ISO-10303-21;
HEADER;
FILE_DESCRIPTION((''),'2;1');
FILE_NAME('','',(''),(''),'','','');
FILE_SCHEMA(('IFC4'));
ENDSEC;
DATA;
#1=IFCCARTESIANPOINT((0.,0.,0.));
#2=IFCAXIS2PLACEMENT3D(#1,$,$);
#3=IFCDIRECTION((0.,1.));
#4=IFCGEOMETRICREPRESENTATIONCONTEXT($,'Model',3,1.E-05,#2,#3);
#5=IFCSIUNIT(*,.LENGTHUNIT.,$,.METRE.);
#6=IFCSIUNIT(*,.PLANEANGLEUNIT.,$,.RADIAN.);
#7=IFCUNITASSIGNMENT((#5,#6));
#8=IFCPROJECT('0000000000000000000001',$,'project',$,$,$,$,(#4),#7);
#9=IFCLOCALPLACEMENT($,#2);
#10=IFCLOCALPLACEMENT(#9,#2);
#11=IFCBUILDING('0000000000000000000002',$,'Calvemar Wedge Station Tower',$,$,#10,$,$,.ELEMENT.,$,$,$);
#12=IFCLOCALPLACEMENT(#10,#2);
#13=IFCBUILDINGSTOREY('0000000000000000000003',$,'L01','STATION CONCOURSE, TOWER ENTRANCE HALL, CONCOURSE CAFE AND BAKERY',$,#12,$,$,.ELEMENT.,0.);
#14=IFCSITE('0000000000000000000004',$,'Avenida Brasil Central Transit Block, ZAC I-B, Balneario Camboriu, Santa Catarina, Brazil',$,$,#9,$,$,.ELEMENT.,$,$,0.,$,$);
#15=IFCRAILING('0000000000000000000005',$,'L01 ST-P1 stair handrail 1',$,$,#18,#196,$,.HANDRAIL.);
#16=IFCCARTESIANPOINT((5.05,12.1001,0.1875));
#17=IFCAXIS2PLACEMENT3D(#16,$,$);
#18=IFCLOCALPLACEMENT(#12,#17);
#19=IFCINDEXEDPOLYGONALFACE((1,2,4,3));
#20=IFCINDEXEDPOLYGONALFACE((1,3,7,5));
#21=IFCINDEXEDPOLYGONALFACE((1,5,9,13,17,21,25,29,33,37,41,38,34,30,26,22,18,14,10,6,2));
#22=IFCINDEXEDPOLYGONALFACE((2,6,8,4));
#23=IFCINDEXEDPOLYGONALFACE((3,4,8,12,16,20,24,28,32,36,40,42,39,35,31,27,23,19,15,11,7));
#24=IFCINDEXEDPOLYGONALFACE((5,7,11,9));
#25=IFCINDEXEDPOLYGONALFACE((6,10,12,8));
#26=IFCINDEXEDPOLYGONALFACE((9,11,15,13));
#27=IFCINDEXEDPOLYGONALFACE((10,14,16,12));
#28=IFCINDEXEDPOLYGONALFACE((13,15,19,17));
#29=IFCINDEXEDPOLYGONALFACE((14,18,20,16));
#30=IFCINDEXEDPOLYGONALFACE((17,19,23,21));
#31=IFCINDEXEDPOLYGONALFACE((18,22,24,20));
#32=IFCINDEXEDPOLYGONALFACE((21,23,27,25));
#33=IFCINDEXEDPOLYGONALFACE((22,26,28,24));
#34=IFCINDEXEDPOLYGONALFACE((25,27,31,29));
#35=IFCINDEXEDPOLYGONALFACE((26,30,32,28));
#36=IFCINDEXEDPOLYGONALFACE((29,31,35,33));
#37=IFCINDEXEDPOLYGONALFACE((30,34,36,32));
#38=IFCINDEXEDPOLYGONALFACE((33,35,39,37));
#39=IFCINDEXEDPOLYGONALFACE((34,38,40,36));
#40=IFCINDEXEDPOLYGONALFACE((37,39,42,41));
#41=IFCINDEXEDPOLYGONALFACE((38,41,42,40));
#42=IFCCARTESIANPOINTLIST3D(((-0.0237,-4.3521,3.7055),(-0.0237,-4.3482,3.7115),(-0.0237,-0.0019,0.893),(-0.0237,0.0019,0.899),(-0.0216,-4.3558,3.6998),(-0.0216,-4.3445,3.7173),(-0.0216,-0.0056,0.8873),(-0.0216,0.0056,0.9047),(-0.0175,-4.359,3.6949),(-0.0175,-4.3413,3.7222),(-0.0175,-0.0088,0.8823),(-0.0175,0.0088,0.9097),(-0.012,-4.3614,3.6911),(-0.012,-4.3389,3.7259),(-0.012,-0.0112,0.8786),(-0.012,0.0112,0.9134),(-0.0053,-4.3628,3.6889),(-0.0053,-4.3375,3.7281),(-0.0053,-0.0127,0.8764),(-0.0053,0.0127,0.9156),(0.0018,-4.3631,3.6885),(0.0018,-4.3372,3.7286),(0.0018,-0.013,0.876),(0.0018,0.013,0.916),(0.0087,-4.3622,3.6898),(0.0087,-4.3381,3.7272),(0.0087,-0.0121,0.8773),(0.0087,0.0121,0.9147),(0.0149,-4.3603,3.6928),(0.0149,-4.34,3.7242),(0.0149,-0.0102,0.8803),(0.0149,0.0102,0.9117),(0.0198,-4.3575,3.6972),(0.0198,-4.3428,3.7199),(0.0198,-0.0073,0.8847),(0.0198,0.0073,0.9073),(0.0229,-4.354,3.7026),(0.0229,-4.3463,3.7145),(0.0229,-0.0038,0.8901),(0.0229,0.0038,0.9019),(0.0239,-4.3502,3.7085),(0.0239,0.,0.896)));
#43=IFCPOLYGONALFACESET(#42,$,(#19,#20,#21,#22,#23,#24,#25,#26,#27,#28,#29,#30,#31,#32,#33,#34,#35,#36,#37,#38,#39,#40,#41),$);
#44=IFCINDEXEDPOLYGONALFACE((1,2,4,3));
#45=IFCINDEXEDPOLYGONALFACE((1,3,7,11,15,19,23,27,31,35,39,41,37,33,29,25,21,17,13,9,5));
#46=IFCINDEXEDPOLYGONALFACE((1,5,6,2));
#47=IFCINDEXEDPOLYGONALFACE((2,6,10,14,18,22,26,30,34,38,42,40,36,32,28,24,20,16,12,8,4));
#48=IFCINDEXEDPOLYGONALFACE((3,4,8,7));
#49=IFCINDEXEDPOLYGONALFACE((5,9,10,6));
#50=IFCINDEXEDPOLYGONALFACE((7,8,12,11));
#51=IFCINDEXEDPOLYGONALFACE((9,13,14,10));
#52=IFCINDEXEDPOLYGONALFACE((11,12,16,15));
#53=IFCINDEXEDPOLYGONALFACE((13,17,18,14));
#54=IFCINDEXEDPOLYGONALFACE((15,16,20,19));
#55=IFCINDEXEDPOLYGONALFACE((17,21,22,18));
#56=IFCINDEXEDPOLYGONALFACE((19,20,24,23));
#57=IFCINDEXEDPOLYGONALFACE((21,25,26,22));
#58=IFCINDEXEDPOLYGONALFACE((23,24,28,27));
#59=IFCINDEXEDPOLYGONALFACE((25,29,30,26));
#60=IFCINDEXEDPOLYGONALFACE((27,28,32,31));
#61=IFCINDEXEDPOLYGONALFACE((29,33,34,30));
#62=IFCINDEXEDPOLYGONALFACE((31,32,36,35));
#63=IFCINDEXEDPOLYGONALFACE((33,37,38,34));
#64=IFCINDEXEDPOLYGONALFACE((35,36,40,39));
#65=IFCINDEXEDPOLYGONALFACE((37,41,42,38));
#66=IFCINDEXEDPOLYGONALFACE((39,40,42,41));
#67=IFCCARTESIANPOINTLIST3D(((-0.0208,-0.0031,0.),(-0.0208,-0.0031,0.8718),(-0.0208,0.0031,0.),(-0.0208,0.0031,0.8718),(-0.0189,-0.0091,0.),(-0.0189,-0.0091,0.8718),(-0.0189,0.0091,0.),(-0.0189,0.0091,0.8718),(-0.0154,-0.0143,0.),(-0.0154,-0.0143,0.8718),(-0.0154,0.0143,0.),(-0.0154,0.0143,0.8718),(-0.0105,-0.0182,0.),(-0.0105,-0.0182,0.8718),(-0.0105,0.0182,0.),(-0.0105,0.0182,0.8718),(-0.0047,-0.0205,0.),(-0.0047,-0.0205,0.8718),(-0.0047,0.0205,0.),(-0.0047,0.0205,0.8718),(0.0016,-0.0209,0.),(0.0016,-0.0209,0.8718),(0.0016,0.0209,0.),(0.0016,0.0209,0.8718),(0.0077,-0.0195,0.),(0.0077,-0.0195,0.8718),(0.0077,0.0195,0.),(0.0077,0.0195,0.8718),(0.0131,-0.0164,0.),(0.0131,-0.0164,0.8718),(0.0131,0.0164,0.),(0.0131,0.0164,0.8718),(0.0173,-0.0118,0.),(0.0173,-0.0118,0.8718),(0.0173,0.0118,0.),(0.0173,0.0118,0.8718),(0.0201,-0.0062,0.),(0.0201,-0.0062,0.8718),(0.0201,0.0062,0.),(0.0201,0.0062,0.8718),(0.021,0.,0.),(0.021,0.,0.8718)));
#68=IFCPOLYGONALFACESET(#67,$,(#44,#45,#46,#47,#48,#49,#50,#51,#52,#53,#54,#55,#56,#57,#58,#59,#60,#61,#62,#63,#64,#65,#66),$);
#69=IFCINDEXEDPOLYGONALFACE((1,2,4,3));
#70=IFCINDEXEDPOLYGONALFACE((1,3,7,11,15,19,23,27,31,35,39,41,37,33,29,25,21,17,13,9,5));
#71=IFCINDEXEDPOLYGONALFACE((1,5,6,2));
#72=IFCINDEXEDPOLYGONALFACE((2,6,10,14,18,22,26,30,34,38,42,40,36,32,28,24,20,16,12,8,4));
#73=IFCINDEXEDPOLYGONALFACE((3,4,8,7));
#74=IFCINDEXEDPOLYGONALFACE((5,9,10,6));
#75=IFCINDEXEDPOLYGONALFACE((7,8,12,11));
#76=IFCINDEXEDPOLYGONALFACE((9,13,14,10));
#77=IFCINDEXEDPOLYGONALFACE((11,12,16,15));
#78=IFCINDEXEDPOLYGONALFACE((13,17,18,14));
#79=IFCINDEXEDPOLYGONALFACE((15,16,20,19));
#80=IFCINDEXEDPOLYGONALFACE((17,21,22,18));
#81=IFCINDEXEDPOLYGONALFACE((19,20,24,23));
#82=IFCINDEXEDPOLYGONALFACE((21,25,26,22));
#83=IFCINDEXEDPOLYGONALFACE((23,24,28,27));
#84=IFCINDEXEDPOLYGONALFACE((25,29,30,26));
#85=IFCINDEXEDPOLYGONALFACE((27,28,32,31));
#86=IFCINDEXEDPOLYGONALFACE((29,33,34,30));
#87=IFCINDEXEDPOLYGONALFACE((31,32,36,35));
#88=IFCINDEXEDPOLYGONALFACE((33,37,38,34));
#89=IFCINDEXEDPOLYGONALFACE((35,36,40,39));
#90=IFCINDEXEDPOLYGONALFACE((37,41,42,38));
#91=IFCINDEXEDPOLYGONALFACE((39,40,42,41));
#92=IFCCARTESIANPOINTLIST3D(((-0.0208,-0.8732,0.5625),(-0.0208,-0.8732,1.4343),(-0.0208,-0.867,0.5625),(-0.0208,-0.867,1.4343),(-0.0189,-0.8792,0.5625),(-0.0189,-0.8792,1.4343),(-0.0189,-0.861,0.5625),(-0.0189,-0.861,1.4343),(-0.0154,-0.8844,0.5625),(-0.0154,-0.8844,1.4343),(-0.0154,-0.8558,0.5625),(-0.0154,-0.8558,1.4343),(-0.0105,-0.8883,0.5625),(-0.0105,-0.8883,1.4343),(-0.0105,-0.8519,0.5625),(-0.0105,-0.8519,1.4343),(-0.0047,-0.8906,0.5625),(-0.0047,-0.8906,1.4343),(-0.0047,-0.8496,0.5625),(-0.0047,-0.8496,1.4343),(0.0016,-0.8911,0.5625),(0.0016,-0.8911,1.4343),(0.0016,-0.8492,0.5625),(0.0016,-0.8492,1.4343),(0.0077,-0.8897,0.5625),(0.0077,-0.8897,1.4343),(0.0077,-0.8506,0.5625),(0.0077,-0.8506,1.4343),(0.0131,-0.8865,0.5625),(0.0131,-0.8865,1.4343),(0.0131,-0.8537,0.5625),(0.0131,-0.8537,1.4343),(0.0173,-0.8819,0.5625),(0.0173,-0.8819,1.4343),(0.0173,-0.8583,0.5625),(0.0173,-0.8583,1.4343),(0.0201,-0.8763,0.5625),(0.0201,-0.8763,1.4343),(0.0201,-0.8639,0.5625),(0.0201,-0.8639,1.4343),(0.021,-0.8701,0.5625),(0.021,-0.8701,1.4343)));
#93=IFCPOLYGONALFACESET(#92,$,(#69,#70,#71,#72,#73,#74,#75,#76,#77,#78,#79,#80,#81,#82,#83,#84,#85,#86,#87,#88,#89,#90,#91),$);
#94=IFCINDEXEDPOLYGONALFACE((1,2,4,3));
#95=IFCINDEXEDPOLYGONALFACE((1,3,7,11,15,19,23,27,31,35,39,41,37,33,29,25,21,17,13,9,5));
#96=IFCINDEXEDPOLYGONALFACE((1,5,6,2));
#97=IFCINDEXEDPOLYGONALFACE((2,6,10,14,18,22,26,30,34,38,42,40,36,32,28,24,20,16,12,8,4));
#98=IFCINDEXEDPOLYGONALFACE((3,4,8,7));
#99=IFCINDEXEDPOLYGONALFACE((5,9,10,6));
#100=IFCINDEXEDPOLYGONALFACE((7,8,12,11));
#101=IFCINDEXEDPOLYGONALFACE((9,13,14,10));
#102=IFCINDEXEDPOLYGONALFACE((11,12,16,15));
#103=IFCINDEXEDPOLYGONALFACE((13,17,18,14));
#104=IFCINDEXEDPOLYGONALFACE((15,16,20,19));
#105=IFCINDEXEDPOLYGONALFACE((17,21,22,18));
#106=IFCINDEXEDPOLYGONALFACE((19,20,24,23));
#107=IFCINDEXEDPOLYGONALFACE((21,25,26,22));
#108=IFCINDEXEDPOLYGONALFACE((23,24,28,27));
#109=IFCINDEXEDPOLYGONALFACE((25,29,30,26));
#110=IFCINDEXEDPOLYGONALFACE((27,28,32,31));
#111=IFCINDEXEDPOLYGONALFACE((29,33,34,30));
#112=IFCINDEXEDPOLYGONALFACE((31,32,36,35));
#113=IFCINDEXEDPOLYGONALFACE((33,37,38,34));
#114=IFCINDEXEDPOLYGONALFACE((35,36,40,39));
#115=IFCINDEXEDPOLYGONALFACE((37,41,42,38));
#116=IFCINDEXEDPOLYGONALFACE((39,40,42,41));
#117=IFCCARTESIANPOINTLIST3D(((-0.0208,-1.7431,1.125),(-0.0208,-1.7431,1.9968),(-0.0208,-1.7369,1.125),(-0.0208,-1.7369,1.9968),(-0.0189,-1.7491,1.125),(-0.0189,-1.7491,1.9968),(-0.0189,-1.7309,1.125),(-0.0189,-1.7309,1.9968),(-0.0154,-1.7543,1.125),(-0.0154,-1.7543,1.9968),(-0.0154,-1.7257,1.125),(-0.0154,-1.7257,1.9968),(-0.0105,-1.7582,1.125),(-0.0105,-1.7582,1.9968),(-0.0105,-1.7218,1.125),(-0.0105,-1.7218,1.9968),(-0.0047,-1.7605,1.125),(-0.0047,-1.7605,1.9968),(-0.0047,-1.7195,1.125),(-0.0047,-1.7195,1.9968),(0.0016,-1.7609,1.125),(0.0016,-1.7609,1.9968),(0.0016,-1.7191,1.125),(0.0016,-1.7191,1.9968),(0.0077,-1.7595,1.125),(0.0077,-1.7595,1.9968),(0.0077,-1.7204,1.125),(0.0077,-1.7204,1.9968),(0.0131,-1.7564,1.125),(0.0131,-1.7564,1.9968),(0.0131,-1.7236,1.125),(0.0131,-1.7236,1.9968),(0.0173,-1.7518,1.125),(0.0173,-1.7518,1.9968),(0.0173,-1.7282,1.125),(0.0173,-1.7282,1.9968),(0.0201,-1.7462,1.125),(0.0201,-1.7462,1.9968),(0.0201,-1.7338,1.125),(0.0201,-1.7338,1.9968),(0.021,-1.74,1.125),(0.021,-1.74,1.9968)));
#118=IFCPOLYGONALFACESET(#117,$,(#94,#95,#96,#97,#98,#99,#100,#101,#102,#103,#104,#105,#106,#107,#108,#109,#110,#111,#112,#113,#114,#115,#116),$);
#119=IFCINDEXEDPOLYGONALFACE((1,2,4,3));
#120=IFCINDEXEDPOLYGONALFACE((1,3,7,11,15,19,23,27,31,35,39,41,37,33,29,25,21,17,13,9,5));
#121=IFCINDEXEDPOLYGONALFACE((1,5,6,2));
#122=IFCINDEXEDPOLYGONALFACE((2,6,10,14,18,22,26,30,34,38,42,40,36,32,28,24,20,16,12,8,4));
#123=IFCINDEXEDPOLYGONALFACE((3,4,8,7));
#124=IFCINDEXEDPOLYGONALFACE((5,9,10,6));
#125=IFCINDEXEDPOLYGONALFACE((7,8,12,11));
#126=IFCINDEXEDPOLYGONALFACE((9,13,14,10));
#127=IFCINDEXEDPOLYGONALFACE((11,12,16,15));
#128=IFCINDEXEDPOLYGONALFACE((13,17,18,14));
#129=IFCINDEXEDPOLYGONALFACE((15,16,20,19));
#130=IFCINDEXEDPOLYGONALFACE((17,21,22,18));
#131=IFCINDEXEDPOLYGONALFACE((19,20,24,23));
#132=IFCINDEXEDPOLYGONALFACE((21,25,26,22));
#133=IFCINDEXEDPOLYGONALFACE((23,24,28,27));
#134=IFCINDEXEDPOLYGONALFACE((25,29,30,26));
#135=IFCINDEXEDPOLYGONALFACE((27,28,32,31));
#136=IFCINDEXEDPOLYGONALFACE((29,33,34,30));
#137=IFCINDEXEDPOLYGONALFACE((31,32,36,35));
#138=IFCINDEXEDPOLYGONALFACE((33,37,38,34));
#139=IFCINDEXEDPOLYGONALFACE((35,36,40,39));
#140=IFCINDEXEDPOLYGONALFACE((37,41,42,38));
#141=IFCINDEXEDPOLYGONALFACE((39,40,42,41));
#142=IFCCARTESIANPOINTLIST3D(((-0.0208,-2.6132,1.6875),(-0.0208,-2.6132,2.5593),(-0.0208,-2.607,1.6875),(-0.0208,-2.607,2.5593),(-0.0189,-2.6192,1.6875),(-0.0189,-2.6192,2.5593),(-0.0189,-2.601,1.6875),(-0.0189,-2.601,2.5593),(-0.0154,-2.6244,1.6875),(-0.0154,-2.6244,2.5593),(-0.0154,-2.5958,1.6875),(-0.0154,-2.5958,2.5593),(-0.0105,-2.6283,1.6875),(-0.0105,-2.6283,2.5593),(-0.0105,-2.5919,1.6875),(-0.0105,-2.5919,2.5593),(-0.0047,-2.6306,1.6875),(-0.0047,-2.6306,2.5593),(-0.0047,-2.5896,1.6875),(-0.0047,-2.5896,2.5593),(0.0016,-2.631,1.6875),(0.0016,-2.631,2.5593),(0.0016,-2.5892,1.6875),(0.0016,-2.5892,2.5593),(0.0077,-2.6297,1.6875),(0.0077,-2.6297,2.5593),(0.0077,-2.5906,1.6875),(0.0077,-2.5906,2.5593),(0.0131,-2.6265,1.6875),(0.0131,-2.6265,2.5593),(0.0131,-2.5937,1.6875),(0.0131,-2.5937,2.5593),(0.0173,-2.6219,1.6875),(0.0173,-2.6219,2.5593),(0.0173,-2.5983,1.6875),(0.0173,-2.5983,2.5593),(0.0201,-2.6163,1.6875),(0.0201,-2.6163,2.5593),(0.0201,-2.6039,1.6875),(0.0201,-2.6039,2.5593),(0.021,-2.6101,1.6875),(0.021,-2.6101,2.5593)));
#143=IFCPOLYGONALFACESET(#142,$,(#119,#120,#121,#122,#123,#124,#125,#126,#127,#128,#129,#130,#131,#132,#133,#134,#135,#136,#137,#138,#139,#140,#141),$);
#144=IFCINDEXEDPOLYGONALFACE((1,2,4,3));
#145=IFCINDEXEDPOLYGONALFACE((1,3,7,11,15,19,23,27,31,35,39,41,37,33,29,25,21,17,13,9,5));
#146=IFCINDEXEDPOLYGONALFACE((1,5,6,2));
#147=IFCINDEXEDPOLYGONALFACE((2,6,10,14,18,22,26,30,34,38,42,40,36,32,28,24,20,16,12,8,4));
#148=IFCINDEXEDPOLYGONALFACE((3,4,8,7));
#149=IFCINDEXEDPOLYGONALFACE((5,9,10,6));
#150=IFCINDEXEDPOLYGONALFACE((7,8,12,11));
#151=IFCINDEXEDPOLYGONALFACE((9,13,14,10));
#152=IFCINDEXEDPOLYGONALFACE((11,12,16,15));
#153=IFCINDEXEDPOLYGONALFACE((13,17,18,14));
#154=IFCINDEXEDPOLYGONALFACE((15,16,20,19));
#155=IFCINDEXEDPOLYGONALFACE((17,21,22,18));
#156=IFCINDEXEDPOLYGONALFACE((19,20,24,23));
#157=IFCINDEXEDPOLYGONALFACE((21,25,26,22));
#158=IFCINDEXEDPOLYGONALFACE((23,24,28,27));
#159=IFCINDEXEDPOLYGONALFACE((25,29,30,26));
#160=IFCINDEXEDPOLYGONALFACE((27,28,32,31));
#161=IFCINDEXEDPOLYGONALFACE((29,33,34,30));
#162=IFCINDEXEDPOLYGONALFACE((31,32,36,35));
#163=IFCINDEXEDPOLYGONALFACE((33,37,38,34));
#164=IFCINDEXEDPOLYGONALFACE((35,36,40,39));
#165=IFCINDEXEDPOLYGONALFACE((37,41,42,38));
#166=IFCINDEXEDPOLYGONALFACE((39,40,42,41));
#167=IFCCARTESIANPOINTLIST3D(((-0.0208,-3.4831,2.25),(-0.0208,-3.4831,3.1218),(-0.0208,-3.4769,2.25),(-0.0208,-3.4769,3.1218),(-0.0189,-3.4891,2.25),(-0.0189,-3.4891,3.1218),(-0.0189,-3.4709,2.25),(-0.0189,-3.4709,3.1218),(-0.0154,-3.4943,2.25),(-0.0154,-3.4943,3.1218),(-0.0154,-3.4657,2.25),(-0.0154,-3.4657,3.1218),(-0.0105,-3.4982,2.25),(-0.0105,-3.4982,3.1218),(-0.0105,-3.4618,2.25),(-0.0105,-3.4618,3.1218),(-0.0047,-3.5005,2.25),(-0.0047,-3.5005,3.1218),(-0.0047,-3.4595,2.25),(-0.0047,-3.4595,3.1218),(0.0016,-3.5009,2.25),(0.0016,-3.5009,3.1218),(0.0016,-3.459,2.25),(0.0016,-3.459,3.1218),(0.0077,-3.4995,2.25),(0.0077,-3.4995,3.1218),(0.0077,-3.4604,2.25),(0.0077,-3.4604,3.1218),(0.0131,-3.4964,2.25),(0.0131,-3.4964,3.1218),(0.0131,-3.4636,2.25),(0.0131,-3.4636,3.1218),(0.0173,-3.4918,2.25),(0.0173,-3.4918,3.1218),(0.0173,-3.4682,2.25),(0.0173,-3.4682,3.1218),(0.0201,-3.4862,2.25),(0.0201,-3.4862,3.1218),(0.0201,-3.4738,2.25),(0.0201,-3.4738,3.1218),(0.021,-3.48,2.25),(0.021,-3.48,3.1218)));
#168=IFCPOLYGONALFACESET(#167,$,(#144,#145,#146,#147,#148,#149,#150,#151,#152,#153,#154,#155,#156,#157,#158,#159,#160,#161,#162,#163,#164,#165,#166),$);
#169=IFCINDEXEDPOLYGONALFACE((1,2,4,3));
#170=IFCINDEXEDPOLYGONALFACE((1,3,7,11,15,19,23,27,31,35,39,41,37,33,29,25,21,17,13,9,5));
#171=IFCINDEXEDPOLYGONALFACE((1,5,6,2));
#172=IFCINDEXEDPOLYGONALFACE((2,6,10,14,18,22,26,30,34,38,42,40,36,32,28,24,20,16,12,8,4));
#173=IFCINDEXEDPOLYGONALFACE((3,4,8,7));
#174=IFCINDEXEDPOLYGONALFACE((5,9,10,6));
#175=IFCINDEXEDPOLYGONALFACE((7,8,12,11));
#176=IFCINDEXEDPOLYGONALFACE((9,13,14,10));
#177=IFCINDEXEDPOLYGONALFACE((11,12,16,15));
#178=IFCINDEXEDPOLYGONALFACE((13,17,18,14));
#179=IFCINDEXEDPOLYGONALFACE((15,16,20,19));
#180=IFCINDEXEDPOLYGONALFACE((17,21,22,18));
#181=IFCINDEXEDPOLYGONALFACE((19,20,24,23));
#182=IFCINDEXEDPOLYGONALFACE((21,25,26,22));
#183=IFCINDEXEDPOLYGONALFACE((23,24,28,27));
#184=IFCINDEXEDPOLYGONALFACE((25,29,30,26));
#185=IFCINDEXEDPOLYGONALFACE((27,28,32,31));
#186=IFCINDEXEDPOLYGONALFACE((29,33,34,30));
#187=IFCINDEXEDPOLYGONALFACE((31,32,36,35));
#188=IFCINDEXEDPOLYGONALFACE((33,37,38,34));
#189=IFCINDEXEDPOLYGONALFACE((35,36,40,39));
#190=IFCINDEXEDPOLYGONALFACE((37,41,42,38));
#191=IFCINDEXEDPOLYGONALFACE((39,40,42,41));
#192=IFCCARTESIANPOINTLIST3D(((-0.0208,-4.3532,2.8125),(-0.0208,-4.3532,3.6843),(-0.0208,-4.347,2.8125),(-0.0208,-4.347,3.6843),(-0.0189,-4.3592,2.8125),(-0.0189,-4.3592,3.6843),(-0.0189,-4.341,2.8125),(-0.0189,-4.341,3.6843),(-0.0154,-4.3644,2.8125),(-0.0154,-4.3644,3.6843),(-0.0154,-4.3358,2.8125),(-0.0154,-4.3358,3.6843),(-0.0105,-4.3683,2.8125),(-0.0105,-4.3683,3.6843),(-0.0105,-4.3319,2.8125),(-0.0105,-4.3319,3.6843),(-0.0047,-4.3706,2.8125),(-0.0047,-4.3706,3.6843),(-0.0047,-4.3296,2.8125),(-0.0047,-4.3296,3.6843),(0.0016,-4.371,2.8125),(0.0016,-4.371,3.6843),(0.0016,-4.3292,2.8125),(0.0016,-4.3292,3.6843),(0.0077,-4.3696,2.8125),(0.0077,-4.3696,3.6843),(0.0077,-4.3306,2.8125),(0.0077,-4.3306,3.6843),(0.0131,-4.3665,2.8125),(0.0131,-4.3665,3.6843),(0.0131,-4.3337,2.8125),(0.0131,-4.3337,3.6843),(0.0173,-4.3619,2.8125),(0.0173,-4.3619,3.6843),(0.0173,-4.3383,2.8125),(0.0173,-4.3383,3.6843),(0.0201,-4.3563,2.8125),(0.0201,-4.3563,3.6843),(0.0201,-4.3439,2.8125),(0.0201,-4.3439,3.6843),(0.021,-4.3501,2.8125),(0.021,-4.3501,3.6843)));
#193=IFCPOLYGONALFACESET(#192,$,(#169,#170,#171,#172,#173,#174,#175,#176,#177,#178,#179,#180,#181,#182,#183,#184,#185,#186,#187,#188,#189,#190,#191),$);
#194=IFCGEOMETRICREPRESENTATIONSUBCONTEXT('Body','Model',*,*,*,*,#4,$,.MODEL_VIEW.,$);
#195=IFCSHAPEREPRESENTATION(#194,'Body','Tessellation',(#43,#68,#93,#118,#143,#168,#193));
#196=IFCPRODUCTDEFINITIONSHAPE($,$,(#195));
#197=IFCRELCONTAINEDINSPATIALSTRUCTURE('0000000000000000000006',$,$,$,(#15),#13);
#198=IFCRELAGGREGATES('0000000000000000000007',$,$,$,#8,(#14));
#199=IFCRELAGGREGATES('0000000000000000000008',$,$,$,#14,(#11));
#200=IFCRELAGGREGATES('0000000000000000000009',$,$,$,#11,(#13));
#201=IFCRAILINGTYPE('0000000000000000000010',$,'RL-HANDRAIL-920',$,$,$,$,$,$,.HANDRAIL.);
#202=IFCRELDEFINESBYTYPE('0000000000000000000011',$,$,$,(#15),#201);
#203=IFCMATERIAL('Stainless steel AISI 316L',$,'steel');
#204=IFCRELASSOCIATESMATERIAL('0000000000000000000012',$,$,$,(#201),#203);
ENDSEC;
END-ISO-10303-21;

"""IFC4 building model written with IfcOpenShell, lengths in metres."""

from ifc_helpers import new_model, si_unit, direction, frame, origin, origin_2d, place, context, subcontext, project, spatial, circle, extrude, material, type_object, element, save


model = new_model("IFC4")

# Units and contexts
model_context = context("Model", 3, precision=1e-05, world=origin(), true_north=direction((0.0, 1.0)))
body_context = subcontext(model_context, "Body", "Model", "MODEL_VIEW")
ifc_project = project(units=[si_unit("LENGTHUNIT", "METRE"), si_unit("PLANEANGLEUNIT", "RADIAN")], contexts=[model_context])

# Site, building, storey
site_placement = place(None, origin())
site = spatial("IfcSite", under=ifc_project, at=site_placement, Name="Avenida Brasil Central Transit Block, ZAC I-B, Balneario Camboriu, Santa Catarina, Brazil", CompositionType="ELEMENT", RefElevation=0.0)
building_placement = place(site_placement, origin())
building = spatial("IfcBuilding", under=site, at=building_placement, Name="Calvemar Wedge Station Tower", CompositionType="ELEMENT")
storey_placement = place(building_placement, origin())
storey = spatial("IfcBuildingStorey", under=building, at=storey_placement, Name="L01", Description="STATION CONCOURSE, TOWER ENTRANCE HALL, CONCOURSE CAFE AND BAKERY", CompositionType="ELEMENT", Elevation=0.0)

# Railing
ifc_material_1 = material(Name="Stainless steel AISI 316L", Category="steel")
railing_type_1 = type_object("IfcRailingType", Name="RL-HANDRAIL-920", PredefinedType="HANDRAIL", material=ifc_material_1)
railing_1_placement = place(storey_placement, frame((5.05, 12.1001, 0.1875)))
element("IfcRailing", 1, at=railing_1_placement, inside=storey, type_object=railing_type_1, Name="L01 ST-P1 stair handrail 1", PredefinedType="HANDRAIL", context=body_context, shape_type="SweptSolid", body=[
    extrude(circle(Radius=0.0239, at=origin_2d()), frame((0.0, 0.0, 0.896), z_axis=(0.0, -0.83977, 0.542942), x_axis=(1.0, 0.0, 0.0)), (0.0, 0.0, 1.0), 5.1802),
    extrude(circle(Radius=0.021, at=origin_2d()), origin(), (0.0, 0.0, 1.0), 0.8718),
    extrude(circle(Radius=0.021, at=origin_2d()), frame((0.0, -0.8701, 0.5625)), (0.0, 0.0, 1.0), 0.8718),
    extrude(circle(Radius=0.021, at=origin_2d()), frame((0.0, -1.74, 1.125)), (0.0, 0.0, 1.0), 0.8718),
    extrude(circle(Radius=0.021, at=origin_2d()), frame((0.0, -2.6101, 1.6875)), (0.0, 0.0, 1.0), 0.8718),
    extrude(circle(Radius=0.021, at=origin_2d()), frame((0.0, -3.48, 2.25)), (0.0, 0.0, 1.0), 0.8718),
    extrude(circle(Radius=0.021, at=origin_2d()), frame((0.0, -4.3501, 2.8125)), (0.0, 0.0, 1.0), 0.8718),
])

save(model, "model.ifc")
